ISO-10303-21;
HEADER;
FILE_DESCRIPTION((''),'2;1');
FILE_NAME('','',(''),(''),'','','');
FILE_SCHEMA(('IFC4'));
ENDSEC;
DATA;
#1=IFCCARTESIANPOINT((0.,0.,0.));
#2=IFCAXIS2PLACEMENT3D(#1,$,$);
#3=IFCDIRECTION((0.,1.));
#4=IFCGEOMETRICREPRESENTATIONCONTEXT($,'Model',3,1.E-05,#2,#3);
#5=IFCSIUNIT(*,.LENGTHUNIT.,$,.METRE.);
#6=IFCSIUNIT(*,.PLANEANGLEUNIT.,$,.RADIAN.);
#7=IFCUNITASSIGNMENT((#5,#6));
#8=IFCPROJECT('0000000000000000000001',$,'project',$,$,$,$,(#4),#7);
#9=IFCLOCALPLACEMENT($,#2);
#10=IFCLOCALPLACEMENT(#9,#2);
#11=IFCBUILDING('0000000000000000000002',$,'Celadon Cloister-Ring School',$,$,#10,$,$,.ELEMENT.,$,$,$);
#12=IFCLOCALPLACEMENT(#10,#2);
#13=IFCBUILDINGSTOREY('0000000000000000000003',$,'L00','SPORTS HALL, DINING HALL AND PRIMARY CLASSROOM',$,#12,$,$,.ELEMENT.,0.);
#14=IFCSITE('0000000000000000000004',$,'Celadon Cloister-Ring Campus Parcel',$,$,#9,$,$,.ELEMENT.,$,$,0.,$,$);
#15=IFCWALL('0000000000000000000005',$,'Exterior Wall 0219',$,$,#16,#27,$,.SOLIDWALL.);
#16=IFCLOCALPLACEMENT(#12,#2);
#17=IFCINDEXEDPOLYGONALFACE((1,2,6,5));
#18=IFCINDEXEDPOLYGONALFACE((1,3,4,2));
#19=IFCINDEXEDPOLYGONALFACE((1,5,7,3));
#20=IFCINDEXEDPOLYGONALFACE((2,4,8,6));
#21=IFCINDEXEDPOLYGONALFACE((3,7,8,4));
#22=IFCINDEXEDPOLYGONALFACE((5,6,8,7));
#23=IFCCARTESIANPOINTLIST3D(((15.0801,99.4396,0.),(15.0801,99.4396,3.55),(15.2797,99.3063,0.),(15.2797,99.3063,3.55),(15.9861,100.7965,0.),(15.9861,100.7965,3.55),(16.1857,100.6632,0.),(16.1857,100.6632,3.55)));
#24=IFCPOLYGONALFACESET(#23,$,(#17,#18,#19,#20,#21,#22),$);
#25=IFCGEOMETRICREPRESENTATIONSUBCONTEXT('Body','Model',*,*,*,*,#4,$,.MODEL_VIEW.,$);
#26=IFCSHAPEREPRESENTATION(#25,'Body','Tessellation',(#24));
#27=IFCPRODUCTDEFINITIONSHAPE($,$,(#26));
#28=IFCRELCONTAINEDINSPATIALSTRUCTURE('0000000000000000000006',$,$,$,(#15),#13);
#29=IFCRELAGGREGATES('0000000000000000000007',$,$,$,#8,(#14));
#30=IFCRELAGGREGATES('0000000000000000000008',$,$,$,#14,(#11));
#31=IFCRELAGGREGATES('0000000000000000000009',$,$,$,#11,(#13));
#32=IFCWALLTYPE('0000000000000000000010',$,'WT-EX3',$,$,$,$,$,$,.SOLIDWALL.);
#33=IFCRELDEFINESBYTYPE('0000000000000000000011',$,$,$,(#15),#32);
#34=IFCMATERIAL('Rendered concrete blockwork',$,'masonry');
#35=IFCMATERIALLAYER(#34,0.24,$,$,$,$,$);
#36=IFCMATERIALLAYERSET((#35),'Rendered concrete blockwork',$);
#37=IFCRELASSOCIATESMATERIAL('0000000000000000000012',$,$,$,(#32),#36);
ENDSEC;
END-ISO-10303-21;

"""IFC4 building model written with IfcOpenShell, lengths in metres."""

from ifc_helpers import new_model, si_unit, direction, frame, frame_2d, origin, place, context, subcontext, project, spatial, rectangle, extrude, material, layer, layer_set, type_object, element, save


model = new_model("IFC4")

# Units and contexts
model_context = context("Model", 3, precision=1e-05, world=origin(), true_north=direction((0.0, 1.0)))
body_context = subcontext(model_context, "Body", "Model", "MODEL_VIEW")
ifc_project = project(units=[si_unit("LENGTHUNIT", "METRE"), si_unit("PLANEANGLEUNIT", "RADIAN")], contexts=[model_context])

# Site, building, storey
site_placement = place(None, origin())
site = spatial("IfcSite", under=ifc_project, at=site_placement, Name="Celadon Cloister-Ring Campus Parcel", CompositionType="ELEMENT", RefElevation=0.0)
building_placement = place(site_placement, origin())
building = spatial("IfcBuilding", under=site, at=building_placement, Name="Celadon Cloister-Ring School", CompositionType="ELEMENT")
storey_placement = place(building_placement, origin())
storey = spatial("IfcBuildingStorey", under=building, at=storey_placement, Name="L00", Description="SPORTS HALL, DINING HALL AND PRIMARY CLASSROOM", CompositionType="ELEMENT", Elevation=0.0)

# Wall
ifc_material_1 = material(Name="Rendered concrete blockwork", Category="masonry")
ifc_layer_1 = layer(ifc_material_1, 0.24)
ifc_layer_set_1 = layer_set([ifc_layer_1], Name="Rendered concrete blockwork")
wall_type = type_object("IfcWallType", Name="WT-EX3", PredefinedType="SOLIDWALL", material=ifc_layer_set_1)
for number, where, z_axis, x_axis, name in (
    (1, (16.0859, 100.73, 0.0), (0.0, 0.0, 1.0), (-0.555287, -0.831659, 0.0), "Exterior Wall 0219"),
):
    element("IfcWall", number, at=place(storey_placement, frame(where, z_axis=z_axis, x_axis=x_axis)), inside=storey, type_object=wall_type, Name=name, PredefinedType="SOLIDWALL", context=body_context, shape_type="SweptSolid", body=[
        extrude(rectangle(XDim=1.6316, YDim=0.24, at=frame_2d((0.8159, 0.0))), origin(), (0.0, 0.0, 1.0), 3.55),
    ])

save(model, "model.ifc")
